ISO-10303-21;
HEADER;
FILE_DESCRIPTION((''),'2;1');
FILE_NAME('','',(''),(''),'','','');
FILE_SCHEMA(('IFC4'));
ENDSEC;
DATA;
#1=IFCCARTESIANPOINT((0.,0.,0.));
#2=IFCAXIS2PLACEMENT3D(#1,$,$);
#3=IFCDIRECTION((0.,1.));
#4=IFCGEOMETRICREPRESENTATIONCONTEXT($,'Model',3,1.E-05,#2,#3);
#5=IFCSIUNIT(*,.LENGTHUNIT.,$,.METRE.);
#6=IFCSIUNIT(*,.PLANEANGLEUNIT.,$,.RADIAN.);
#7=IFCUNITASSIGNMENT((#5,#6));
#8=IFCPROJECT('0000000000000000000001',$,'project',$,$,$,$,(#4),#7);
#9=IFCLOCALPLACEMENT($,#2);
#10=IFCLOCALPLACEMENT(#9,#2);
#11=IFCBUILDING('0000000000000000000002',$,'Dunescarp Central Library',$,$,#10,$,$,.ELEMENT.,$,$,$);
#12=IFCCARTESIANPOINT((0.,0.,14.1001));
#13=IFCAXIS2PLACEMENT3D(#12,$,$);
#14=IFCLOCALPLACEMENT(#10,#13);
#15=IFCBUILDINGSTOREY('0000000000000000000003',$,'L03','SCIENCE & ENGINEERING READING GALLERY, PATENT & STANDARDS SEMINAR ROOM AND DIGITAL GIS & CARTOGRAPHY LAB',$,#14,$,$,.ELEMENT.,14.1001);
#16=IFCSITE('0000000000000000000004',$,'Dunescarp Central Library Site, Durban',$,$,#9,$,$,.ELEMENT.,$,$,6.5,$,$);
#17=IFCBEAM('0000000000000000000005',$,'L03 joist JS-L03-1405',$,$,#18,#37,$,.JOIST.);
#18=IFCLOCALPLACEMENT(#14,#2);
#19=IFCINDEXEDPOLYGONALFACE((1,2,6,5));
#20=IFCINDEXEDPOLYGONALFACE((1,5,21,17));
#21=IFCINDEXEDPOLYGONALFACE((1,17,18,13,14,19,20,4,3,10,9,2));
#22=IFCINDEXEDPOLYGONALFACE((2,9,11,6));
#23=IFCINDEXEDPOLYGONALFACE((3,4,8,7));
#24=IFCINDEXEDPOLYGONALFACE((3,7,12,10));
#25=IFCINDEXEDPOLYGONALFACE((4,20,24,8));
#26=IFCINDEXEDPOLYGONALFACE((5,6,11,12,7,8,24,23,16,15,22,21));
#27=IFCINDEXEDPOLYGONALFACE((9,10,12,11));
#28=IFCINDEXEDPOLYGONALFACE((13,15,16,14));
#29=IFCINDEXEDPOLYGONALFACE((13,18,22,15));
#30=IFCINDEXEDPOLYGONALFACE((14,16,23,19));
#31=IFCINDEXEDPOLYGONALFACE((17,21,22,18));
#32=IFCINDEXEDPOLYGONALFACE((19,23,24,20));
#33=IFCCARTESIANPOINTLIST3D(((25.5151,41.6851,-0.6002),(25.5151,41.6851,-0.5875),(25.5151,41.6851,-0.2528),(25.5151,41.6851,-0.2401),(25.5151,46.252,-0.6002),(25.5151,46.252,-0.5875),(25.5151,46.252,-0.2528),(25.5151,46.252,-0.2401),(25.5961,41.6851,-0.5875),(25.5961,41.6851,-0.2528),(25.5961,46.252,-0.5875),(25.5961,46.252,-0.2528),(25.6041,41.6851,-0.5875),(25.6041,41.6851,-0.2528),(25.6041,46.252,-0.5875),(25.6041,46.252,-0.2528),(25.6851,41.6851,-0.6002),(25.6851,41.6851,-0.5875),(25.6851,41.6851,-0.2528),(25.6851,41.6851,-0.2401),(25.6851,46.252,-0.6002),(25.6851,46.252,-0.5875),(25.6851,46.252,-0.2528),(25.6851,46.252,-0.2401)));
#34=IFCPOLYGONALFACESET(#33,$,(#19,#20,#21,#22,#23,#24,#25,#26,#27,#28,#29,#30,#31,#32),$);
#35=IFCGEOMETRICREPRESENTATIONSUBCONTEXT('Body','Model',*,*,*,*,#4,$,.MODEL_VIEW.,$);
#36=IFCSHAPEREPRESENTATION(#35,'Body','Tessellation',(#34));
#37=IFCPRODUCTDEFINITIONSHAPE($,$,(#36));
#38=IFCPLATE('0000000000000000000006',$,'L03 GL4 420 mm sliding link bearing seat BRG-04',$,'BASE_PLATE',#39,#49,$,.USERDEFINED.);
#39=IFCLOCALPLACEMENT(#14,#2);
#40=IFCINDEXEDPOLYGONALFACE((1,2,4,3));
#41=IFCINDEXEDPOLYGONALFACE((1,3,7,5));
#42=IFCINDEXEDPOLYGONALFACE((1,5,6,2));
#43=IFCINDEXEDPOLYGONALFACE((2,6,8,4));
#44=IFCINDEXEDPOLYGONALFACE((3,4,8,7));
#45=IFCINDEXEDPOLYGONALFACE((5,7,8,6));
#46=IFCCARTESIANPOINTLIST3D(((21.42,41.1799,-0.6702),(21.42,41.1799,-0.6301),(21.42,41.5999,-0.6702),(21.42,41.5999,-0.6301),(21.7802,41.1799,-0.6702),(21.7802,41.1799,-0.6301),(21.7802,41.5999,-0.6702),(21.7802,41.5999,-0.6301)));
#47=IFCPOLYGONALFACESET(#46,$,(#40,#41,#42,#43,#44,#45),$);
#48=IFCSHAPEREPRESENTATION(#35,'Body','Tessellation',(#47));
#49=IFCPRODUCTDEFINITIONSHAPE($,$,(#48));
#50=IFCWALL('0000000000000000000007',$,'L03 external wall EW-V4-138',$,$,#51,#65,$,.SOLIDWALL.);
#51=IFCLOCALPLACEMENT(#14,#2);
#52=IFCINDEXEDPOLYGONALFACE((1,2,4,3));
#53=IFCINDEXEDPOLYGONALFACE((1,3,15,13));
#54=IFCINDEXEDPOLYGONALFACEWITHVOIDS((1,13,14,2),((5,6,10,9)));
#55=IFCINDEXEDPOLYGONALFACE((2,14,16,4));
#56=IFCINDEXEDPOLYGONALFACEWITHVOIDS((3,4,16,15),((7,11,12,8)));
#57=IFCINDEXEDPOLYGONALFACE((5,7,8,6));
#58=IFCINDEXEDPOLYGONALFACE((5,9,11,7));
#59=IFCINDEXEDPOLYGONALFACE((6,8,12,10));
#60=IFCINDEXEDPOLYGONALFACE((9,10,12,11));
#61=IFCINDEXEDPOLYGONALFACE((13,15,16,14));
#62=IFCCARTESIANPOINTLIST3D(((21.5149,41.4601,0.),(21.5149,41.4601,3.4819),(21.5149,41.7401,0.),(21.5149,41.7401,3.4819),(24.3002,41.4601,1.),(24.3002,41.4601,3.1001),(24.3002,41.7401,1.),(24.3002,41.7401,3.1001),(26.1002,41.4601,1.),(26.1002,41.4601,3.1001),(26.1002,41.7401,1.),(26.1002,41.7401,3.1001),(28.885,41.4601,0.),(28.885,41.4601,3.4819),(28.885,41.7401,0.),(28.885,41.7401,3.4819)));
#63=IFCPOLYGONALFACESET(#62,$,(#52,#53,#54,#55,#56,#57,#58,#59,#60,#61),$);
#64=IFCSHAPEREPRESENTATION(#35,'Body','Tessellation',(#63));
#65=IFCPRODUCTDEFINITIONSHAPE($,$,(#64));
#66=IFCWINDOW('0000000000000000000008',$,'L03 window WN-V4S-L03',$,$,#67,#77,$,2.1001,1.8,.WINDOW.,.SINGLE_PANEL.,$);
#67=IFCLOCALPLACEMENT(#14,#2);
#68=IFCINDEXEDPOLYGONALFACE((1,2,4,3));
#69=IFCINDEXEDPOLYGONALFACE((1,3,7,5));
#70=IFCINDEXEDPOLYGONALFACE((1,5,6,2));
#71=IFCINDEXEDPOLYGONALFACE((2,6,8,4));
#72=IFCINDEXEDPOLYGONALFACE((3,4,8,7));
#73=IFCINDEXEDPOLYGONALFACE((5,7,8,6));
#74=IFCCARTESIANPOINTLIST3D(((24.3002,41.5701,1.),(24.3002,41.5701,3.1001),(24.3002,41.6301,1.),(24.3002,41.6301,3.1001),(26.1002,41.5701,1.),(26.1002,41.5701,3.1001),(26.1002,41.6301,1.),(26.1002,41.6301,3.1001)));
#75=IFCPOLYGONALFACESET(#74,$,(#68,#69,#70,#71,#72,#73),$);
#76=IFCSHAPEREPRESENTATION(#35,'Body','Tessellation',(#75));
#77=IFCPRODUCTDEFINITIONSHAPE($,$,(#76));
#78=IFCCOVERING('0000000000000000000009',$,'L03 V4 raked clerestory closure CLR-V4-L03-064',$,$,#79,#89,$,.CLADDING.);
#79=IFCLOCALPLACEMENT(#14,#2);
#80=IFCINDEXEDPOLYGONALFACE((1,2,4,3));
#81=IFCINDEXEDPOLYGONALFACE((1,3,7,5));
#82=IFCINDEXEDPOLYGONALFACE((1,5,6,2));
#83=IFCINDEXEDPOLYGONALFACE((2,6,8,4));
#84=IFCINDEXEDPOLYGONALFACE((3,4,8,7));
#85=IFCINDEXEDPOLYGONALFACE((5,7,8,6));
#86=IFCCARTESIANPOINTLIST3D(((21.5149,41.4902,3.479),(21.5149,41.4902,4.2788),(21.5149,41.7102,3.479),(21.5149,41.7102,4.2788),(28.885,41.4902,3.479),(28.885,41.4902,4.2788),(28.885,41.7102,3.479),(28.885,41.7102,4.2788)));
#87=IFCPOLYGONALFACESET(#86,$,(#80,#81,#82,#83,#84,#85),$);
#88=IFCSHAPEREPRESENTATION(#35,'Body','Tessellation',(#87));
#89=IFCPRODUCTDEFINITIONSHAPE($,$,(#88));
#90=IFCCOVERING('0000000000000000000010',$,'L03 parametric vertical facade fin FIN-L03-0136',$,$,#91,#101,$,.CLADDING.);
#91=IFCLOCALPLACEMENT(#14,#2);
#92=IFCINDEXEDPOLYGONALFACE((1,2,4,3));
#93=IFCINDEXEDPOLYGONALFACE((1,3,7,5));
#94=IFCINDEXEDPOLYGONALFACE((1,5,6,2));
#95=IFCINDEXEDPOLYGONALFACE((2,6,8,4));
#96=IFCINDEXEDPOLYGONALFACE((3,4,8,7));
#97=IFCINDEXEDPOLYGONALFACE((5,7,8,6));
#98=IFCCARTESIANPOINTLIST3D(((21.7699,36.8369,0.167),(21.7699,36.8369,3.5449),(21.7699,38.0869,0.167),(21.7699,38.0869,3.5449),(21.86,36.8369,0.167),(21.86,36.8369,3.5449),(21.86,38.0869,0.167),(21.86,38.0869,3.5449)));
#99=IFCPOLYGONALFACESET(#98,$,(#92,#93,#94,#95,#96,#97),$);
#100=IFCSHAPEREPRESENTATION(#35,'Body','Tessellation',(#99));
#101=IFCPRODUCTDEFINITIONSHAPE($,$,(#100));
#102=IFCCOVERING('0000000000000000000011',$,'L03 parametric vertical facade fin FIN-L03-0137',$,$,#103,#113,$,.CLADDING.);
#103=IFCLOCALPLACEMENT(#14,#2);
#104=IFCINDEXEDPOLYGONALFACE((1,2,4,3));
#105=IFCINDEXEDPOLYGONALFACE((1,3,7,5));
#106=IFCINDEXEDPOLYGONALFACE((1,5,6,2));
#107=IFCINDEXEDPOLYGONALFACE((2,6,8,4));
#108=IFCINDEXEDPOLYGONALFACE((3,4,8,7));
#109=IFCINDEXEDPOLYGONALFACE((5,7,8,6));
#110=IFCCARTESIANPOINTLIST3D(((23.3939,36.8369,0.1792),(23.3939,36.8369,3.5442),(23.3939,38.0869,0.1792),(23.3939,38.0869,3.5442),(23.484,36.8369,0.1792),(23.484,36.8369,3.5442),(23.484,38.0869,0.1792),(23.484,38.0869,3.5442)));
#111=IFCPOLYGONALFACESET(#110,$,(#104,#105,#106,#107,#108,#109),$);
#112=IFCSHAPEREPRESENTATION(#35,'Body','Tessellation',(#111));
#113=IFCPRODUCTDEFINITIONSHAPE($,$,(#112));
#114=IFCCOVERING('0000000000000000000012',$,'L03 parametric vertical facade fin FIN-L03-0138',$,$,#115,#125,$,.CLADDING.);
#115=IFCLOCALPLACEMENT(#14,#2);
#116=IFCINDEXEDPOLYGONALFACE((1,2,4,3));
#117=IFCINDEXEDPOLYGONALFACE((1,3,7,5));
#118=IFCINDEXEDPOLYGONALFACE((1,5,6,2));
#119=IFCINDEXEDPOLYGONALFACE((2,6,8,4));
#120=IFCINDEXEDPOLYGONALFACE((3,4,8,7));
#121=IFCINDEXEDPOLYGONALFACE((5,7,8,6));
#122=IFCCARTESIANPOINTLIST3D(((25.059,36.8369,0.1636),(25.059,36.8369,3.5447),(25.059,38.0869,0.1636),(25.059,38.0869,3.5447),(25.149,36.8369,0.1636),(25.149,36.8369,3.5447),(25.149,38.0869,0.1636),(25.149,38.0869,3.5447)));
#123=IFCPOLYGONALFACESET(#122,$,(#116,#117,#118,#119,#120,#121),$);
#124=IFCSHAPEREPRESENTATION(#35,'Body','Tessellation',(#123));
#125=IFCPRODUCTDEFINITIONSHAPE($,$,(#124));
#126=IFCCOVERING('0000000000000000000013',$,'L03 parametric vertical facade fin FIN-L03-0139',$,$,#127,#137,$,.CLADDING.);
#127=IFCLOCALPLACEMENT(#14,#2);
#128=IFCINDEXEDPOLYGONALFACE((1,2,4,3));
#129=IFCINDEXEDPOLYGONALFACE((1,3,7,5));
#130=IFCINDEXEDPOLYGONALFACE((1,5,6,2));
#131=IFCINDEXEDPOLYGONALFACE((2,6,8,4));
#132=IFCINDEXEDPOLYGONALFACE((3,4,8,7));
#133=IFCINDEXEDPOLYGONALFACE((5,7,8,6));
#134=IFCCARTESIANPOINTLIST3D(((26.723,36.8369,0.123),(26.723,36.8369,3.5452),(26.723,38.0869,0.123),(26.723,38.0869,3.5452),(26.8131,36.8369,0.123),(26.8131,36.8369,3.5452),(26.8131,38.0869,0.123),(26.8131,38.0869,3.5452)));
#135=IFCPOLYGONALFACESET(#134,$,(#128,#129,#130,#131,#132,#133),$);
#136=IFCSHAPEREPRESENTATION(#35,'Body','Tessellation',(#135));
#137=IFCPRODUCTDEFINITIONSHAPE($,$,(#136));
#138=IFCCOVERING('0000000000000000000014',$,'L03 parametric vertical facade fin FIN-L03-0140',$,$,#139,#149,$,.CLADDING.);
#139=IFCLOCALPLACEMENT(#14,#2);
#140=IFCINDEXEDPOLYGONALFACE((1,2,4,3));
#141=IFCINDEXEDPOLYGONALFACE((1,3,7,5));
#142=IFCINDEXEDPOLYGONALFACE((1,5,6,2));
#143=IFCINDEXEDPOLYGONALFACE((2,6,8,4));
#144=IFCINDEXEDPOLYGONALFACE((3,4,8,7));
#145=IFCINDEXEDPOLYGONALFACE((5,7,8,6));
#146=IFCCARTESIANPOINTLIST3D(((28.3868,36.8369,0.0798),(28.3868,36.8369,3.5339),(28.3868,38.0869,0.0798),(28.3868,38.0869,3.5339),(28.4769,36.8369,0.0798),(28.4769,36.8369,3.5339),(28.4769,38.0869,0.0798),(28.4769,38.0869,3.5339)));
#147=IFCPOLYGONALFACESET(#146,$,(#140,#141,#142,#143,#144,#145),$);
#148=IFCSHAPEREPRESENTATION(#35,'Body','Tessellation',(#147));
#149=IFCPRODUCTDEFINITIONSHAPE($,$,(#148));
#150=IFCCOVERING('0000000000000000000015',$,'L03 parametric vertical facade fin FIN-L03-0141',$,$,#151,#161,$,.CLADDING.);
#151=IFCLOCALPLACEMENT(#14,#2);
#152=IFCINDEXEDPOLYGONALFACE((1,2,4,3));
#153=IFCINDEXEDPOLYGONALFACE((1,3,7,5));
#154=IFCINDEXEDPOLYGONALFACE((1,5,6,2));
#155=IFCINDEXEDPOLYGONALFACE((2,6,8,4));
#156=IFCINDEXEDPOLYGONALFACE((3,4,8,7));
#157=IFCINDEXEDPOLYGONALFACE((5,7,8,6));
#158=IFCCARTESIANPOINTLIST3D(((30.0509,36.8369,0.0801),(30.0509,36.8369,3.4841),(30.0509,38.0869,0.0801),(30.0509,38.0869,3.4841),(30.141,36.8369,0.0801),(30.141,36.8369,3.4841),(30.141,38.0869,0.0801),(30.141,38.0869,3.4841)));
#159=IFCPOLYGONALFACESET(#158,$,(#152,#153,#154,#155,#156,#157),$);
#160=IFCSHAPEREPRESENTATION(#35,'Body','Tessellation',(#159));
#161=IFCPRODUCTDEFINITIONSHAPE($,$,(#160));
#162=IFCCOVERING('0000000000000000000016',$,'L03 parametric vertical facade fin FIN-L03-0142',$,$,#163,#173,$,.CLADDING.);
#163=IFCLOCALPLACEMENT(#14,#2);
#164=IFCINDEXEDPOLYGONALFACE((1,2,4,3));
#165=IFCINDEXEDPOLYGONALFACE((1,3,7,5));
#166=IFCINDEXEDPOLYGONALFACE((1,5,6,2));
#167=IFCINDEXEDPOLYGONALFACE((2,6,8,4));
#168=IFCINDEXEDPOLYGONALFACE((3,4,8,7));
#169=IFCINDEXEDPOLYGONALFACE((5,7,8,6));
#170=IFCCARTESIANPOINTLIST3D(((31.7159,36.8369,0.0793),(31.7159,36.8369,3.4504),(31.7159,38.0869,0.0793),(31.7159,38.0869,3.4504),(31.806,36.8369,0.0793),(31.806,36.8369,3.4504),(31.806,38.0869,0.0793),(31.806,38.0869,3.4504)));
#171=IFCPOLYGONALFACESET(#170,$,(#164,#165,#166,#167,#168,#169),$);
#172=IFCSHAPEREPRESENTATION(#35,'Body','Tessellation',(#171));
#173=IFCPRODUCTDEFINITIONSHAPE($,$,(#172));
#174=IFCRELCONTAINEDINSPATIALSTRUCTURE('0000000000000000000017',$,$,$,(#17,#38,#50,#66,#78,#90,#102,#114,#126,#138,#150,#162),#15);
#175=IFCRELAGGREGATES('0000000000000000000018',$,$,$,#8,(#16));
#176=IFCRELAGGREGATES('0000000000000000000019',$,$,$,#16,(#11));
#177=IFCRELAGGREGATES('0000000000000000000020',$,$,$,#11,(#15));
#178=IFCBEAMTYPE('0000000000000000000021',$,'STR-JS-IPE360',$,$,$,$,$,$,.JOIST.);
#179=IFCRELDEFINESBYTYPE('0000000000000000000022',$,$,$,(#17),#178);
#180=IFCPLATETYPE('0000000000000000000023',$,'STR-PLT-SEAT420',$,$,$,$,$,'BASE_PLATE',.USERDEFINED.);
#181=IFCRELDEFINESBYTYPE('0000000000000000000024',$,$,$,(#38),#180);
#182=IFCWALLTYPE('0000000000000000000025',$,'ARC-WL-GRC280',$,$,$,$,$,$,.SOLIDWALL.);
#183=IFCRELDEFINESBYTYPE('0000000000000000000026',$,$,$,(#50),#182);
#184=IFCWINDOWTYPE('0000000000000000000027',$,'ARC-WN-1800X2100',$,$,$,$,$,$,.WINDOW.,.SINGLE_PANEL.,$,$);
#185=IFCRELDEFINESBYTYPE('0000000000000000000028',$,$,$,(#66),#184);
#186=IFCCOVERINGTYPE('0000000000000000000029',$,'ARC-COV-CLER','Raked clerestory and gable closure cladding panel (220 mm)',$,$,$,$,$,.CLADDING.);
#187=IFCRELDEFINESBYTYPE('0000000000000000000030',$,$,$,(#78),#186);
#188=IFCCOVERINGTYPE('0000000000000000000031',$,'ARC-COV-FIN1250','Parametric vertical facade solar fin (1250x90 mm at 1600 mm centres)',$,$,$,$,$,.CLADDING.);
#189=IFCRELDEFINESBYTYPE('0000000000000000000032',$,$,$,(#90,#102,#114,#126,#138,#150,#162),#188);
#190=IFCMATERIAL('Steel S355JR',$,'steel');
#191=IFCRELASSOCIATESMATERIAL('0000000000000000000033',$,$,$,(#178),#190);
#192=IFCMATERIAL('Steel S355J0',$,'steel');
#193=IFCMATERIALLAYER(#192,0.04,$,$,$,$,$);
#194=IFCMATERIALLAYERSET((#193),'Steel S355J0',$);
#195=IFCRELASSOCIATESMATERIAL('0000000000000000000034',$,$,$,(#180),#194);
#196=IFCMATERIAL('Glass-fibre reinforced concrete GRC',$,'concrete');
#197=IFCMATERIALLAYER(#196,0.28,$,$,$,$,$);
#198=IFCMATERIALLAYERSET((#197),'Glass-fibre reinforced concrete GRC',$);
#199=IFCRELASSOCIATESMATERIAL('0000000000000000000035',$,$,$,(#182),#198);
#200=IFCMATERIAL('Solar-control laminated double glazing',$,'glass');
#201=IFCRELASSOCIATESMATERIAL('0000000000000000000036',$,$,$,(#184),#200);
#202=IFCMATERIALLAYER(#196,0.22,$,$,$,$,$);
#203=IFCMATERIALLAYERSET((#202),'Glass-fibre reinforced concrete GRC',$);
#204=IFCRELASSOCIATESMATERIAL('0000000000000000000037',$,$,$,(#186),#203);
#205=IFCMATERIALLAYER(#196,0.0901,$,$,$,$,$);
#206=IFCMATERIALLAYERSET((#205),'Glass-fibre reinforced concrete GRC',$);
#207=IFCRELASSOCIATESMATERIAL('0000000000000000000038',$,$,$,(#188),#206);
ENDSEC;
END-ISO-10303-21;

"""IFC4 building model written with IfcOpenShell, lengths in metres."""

from ifc_helpers import new_model, si_unit, direction, frame, frame_2d, origin, origin_2d, place, context, subcontext, project, spatial, polyline, rectangle, i_section, outline, extrude, material, layer, layer_set, material_profile, profile_set, type_object, element, fill, save


model = new_model("IFC4")

# Units and contexts
model_context = context("Model", 3, precision=1e-05, world=origin(), true_north=direction((0.0, 1.0)))
body_context = subcontext(model_context, "Body", "Model", "MODEL_VIEW")
ifc_project = project(units=[si_unit("LENGTHUNIT", "METRE"), si_unit("PLANEANGLEUNIT", "RADIAN")], contexts=[model_context])

# Site, building, storey
site_placement = place(None, origin())
site = spatial("IfcSite", under=ifc_project, at=site_placement, Name="Dunescarp Central Library Site, Durban", CompositionType="ELEMENT", RefElevation=6.5)
building_placement = place(site_placement, origin())
building = spatial("IfcBuilding", under=site, at=building_placement, Name="Dunescarp Central Library", CompositionType="ELEMENT")
storey_placement = place(building_placement, frame((0.0, 0.0, 14.1001)))
storey = spatial("IfcBuildingStorey", under=building, at=storey_placement, Name="L03", Description="SCIENCE & ENGINEERING READING GALLERY, PATENT & STANDARDS SEMINAR ROOM AND DIGITAL GIS & CARTOGRAPHY LAB", CompositionType="ELEMENT", Elevation=14.1001)

# Shared definitions
ifc_material_1 = material(Name="Steel S355JR", Category="steel")

# Beam
ifc_material_profile_1 = material_profile(ifc_material_1, i_section(OverallWidth=0.1699, OverallDepth=0.3601, WebThickness=0.0081, FlangeThickness=0.0127, at=origin_2d()), Name="IPE 360")
ifc_profile_set_1 = profile_set([ifc_material_profile_1], Name="Steel S355JR")
beam_type_1 = type_object("IfcBeamType", Name="STR-JS-IPE360", PredefinedType="JOIST", material=ifc_profile_set_1)
for number, where, z_axis, x_axis, name in (
    (1, (25.6001, 41.6851, -0.4202), (0.0, 1.0, 0.0), (-1.0, 0.0, 0.0), "L03 joist JS-L03-1405"),
):
    element("IfcBeam", number, at=place(storey_placement, frame(where, z_axis=z_axis, x_axis=x_axis)), inside=storey, type_object=beam_type_1, Name=name, PredefinedType="JOIST", context=body_context, shape_type="SweptSolid", body=[
        extrude(i_section(OverallWidth=0.1699, OverallDepth=0.3601, WebThickness=0.0081, FlangeThickness=0.0127, at=origin_2d()), origin(), (0.0, 0.0, 1.0), 4.5669),
    ])

# Plate
ifc_material_2 = material(Name="Steel S355J0", Category="steel")
ifc_layer_1 = layer(ifc_material_2, 0.04)
ifc_layer_set_1 = layer_set([ifc_layer_1], Name="Steel S355J0")
plate_type = type_object("IfcPlateType", Name="STR-PLT-SEAT420", ElementType="BASE_PLATE", PredefinedType="USERDEFINED", material=ifc_layer_set_1)
plate_placement = place(storey_placement, frame((21.6001, 41.3899, -0.6702), z_axis=(0.0, 0.0, 1.0), x_axis=(0.0, 1.0, 0.0)))
element("IfcPlate", 2, at=plate_placement, inside=storey, type_object=plate_type, Name="L03 GL4 420 mm sliding link bearing seat BRG-04", ObjectType="BASE_PLATE", PredefinedType="USERDEFINED", context=body_context, shape_type="SweptSolid", body=[
    extrude(rectangle(XDim=0.4199, YDim=0.3601, at=origin_2d()), origin(), (0.0, 0.0, 1.0), 0.04),
])

# Wall, opening, window
ifc_material_3 = material(Name="Glass-fibre reinforced concrete GRC", Category="concrete")
ifc_layer_2 = layer(ifc_material_3, 0.28)
ifc_layer_set_2 = layer_set([ifc_layer_2], Name="Glass-fibre reinforced concrete GRC")
wall_type = type_object("IfcWallType", Name="ARC-WL-GRC280", PredefinedType="SOLIDWALL", material=ifc_layer_set_2)
wall_placement = place(storey_placement, frame((28.885, 41.6001, 0.0), z_axis=(0.0, 0.0, 1.0), x_axis=(-1.0, 0.0, 0.0)))
wall = element("IfcWall", 3, at=wall_placement, inside=storey, type_object=wall_type, Name="L03 external wall EW-V4-138", PredefinedType="SOLIDWALL", context=body_context, shape_type="SweptSolid", body=[
    extrude(rectangle(XDim=7.3701, YDim=0.28, at=frame_2d((3.6851, 0.0))), origin(), (0.0, 0.0, 1.0), 3.4819),
])
opening_placement = place(wall_placement, frame((2.7849, 0.0, 1.0)))
opening = element("IfcOpeningElement", 4, at=opening_placement, cuts=wall, PredefinedType="OPENING", context=body_context, shape_type="SweptSolid", body=[
    extrude(rectangle(XDim=1.8, YDim=2.1001, at=frame_2d((0.8999, 1.05))), frame((0.0, 0.1499, 0.0), z_axis=(0.0, -1.0, 0.0), x_axis=(1.0, 0.0, 0.0)), (0.0, 0.0, 1.0), 0.3),
])
ifc_material_4 = material(Name="Solar-control laminated double glazing", Category="glass")
window_type = type_object("IfcWindowType", Name="ARC-WN-1800X2100", PartitioningType="SINGLE_PANEL", PredefinedType="WINDOW", material=ifc_material_4)
window_placement = place(opening_placement, origin())
window = element("IfcWindow", 5, at=window_placement, inside=storey, type_object=window_type, Name="L03 window WN-V4S-L03", OverallHeight=2.1001, OverallWidth=1.8, PartitioningType="SINGLE_PANEL", PredefinedType="WINDOW", context=body_context, shape_type="SweptSolid", body=[
    extrude(rectangle(XDim=1.8, YDim=2.1001, at=frame_2d((0.8999, 1.05))), frame((0.0, 0.03, 0.0), z_axis=(0.0, -1.0, 0.0), x_axis=(1.0, 0.0, 0.0)), (0.0, 0.0, 1.0), 0.0601),
])
fill(opening, window)

# Coverings
ifc_layer_3 = layer(ifc_material_3, 0.22)
ifc_layer_set_3 = layer_set([ifc_layer_3], Name="Glass-fibre reinforced concrete GRC")
covering_type_1 = type_object("IfcCoveringType", Name="ARC-COV-CLER", Description="Raked clerestory and gable closure cladding panel (220 mm)", PredefinedType="CLADDING", material=ifc_layer_set_3)
covering_1_placement = place(storey_placement, frame((28.885, 41.6001, 3.479), z_axis=(0.0, 0.0, 1.0), x_axis=(-1.0, 0.0, 0.0)))
element("IfcCovering", 6, at=covering_1_placement, inside=storey, type_object=covering_type_1, Name="L03 V4 raked clerestory closure CLR-V4-L03-064", PredefinedType="CLADDING", context=body_context, shape_type="SweptSolid", body=[
    extrude(outline(polyline([(0.0, 0.0), (7.3701, 0.0), (7.3701, 0.7998), (0.0, 0.7998), (0.0, 0.0)])), frame((0.0, 0.1099, 0.0), z_axis=(0.0, -1.0, 0.0), x_axis=(1.0, 0.0, 0.0)), (0.0, 0.0, 1.0), 0.22),
])
ifc_layer_4 = layer(ifc_material_3, 0.0901)
ifc_layer_set_4 = layer_set([ifc_layer_4], Name="Glass-fibre reinforced concrete GRC")
covering_type_2 = type_object("IfcCoveringType", Name="ARC-COV-FIN1250", Description="Parametric vertical facade solar fin (1250x90 mm at 1600 mm centres)", PredefinedType="CLADDING", material=ifc_layer_set_4)
covering_2_placement = place(storey_placement, frame((21.8149, 37.4619, 0.167), z_axis=(0.0, 0.0, 1.0), x_axis=(0.0, 1.0, 0.0)))
element("IfcCovering", 7, at=covering_2_placement, inside=storey, type_object=covering_type_2, Name="L03 parametric vertical facade fin FIN-L03-0136", PredefinedType="CLADDING", context=body_context, shape_type="SweptSolid", body=[
    extrude(rectangle(XDim=1.25, YDim=0.0901, at=origin_2d()), origin(), (0.0, 0.0, 1.0), 3.3779),
])
covering_3_placement = place(storey_placement, frame((23.439, 37.4619, 0.1792), z_axis=(0.0, 0.0, 1.0), x_axis=(0.0, 1.0, 0.0)))
element("IfcCovering", 8, at=covering_3_placement, inside=storey, type_object=covering_type_2, Name="L03 parametric vertical facade fin FIN-L03-0137", PredefinedType="CLADDING", context=body_context, shape_type="SweptSolid", body=[
    extrude(rectangle(XDim=1.25, YDim=0.0901, at=origin_2d()), origin(), (0.0, 0.0, 1.0), 3.365),
])
covering_4_placement = place(storey_placement, frame((25.104, 37.4619, 0.1636), z_axis=(0.0, 0.0, 1.0), x_axis=(0.0, 1.0, 0.0)))
element("IfcCovering", 9, at=covering_4_placement, inside=storey, type_object=covering_type_2, Name="L03 parametric vertical facade fin FIN-L03-0138", PredefinedType="CLADDING", context=body_context, shape_type="SweptSolid", body=[
    extrude(rectangle(XDim=1.25, YDim=0.0901, at=origin_2d()), origin(), (0.0, 0.0, 1.0), 3.3811),
])
covering_5_placement = place(storey_placement, frame((26.7681, 37.4619, 0.123), z_axis=(0.0, 0.0, 1.0), x_axis=(0.0, 1.0, 0.0)))
element("IfcCovering", 10, at=covering_5_placement, inside=storey, type_object=covering_type_2, Name="L03 parametric vertical facade fin FIN-L03-0139", PredefinedType="CLADDING", context=body_context, shape_type="SweptSolid", body=[
    extrude(rectangle(XDim=1.25, YDim=0.0901, at=origin_2d()), origin(), (0.0, 0.0, 1.0), 3.4221),
])
covering_6_placement = place(storey_placement, frame((28.4319, 37.4619, 0.0798), z_axis=(0.0, 0.0, 1.0), x_axis=(0.0, 1.0, 0.0)))
element("IfcCovering", 11, at=covering_6_placement, inside=storey, type_object=covering_type_2, Name="L03 parametric vertical facade fin FIN-L03-0140", PredefinedType="CLADDING", context=body_context, shape_type="SweptSolid", body=[
    extrude(rectangle(XDim=1.25, YDim=0.0901, at=origin_2d()), origin(), (0.0, 0.0, 1.0), 3.4541),
])
covering_7_placement = place(storey_placement, frame((30.0959, 37.4619, 0.0801), z_axis=(0.0, 0.0, 1.0), x_axis=(0.0, 1.0, 0.0)))
element("IfcCovering", 12, at=covering_7_placement, inside=storey, type_object=covering_type_2, Name="L03 parametric vertical facade fin FIN-L03-0141", PredefinedType="CLADDING", context=body_context, shape_type="SweptSolid", body=[
    extrude(rectangle(XDim=1.25, YDim=0.0901, at=origin_2d()), origin(), (0.0, 0.0, 1.0), 3.4041),
])
covering_8_placement = place(storey_placement, frame((31.761, 37.4619, 0.0793), z_axis=(0.0, 0.0, 1.0), x_axis=(0.0, 1.0, 0.0)))
element("IfcCovering", 13, at=covering_8_placement, inside=storey, type_object=covering_type_2, Name="L03 parametric vertical facade fin FIN-L03-0142", PredefinedType="CLADDING", context=body_context, shape_type="SweptSolid", body=[
    extrude(rectangle(XDim=1.25, YDim=0.0901, at=origin_2d()), origin(), (0.0, 0.0, 1.0), 3.3711),
])

save(model, "model.ifc")
